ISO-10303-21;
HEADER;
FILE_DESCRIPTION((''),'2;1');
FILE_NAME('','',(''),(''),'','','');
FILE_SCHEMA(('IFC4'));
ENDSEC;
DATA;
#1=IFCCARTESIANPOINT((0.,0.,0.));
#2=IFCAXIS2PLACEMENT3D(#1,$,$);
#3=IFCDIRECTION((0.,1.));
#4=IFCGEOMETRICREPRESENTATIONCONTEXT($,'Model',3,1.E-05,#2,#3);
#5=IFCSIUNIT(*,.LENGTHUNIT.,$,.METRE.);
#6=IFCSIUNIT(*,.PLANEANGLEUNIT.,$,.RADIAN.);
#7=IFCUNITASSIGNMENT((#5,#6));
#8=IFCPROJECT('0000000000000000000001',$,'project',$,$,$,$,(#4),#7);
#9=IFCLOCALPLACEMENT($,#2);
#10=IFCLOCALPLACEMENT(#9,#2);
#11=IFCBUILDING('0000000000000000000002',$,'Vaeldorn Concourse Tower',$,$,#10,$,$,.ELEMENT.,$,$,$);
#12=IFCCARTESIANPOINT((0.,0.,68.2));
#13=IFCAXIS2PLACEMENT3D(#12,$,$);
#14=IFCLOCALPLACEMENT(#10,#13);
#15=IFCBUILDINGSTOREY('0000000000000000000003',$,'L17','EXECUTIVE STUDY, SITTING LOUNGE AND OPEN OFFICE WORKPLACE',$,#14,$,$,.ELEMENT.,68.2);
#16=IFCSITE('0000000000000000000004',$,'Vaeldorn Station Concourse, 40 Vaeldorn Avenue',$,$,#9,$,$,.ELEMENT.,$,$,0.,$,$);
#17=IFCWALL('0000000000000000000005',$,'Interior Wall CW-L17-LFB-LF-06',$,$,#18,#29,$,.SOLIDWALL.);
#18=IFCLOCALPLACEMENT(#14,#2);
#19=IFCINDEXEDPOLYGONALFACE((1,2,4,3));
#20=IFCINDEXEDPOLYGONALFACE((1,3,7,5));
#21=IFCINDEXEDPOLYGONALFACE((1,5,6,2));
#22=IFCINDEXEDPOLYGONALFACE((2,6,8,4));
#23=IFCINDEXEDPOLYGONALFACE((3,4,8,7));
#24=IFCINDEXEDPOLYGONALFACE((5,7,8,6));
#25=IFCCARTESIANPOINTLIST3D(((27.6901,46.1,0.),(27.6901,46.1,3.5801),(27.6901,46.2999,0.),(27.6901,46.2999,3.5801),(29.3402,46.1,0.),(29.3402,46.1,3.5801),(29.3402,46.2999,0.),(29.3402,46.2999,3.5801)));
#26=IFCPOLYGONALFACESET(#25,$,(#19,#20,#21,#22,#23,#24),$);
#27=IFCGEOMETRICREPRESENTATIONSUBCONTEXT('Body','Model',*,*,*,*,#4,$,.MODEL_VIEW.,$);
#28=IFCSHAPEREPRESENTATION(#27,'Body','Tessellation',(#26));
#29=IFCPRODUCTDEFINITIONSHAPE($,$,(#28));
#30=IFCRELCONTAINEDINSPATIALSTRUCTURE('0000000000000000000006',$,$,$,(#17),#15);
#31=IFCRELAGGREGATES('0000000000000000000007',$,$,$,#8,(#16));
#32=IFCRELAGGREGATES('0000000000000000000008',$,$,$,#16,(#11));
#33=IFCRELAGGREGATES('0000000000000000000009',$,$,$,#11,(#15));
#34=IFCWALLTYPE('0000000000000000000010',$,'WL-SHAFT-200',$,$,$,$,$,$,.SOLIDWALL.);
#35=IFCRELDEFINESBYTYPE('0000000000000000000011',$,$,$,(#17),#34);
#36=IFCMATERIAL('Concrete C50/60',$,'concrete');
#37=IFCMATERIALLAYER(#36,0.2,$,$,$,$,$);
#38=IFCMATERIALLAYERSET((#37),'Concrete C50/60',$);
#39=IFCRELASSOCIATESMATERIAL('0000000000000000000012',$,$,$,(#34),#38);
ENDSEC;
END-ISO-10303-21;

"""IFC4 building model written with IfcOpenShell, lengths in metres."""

from ifc_helpers import new_model, si_unit, direction, frame, frame_2d, origin, place, context, subcontext, project, spatial, rectangle, extrude, material, layer, layer_set, type_object, element, save


model = new_model("IFC4")

# Units and contexts
model_context = context("Model", 3, precision=1e-05, world=origin(), true_north=direction((0.0, 1.0)))
body_context = subcontext(model_context, "Body", "Model", "MODEL_VIEW")
ifc_project = project(units=[si_unit("LENGTHUNIT", "METRE"), si_unit("PLANEANGLEUNIT", "RADIAN")], contexts=[model_context])

# Site, building, storey
site_placement = place(None, origin())
site = spatial("IfcSite", under=ifc_project, at=site_placement, Name="Vaeldorn Station Concourse, 40 Vaeldorn Avenue", CompositionType="ELEMENT", RefElevation=0.0)
building_placement = place(site_placement, origin())
building = spatial("IfcBuilding", under=site, at=building_placement, Name="Vaeldorn Concourse Tower", CompositionType="ELEMENT")
storey_placement = place(building_placement, frame((0.0, 0.0, 68.2)))
storey = spatial("IfcBuildingStorey", under=building, at=storey_placement, Name="L17", Description="EXECUTIVE STUDY, SITTING LOUNGE AND OPEN OFFICE WORKPLACE", CompositionType="ELEMENT", Elevation=68.2)

# Shared definitions
ifc_material_1 = material(Name="Concrete C50/60", Category="concrete")
ifc_layer_1 = layer(ifc_material_1, 0.2)
ifc_layer_set_1 = layer_set([ifc_layer_1], Name="Concrete C50/60")
wall_type_1 = type_object("IfcWallType", Name="WL-SHAFT-200", PredefinedType="SOLIDWALL", material=ifc_layer_set_1)

# Wall
wall_1_placement = place(storey_placement, frame((27.6899, 46.2, 0.0), z_axis=(0.0, 0.0, 1.0), x_axis=(1.0, 0.0, 0.0)))
element("IfcWall", 1, at=wall_1_placement, inside=storey, type_object=wall_type_1, Name="Interior Wall CW-L17-LFB-LF-06", PredefinedType="SOLIDWALL", context=body_context, shape_type="SweptSolid", body=[
    extrude(rectangle(XDim=1.6501, YDim=0.2, at=frame_2d((0.8252, 0.0))), origin(), (0.0, 0.0, 1.0), 3.5801),
])

save(model, "model.ifc")
